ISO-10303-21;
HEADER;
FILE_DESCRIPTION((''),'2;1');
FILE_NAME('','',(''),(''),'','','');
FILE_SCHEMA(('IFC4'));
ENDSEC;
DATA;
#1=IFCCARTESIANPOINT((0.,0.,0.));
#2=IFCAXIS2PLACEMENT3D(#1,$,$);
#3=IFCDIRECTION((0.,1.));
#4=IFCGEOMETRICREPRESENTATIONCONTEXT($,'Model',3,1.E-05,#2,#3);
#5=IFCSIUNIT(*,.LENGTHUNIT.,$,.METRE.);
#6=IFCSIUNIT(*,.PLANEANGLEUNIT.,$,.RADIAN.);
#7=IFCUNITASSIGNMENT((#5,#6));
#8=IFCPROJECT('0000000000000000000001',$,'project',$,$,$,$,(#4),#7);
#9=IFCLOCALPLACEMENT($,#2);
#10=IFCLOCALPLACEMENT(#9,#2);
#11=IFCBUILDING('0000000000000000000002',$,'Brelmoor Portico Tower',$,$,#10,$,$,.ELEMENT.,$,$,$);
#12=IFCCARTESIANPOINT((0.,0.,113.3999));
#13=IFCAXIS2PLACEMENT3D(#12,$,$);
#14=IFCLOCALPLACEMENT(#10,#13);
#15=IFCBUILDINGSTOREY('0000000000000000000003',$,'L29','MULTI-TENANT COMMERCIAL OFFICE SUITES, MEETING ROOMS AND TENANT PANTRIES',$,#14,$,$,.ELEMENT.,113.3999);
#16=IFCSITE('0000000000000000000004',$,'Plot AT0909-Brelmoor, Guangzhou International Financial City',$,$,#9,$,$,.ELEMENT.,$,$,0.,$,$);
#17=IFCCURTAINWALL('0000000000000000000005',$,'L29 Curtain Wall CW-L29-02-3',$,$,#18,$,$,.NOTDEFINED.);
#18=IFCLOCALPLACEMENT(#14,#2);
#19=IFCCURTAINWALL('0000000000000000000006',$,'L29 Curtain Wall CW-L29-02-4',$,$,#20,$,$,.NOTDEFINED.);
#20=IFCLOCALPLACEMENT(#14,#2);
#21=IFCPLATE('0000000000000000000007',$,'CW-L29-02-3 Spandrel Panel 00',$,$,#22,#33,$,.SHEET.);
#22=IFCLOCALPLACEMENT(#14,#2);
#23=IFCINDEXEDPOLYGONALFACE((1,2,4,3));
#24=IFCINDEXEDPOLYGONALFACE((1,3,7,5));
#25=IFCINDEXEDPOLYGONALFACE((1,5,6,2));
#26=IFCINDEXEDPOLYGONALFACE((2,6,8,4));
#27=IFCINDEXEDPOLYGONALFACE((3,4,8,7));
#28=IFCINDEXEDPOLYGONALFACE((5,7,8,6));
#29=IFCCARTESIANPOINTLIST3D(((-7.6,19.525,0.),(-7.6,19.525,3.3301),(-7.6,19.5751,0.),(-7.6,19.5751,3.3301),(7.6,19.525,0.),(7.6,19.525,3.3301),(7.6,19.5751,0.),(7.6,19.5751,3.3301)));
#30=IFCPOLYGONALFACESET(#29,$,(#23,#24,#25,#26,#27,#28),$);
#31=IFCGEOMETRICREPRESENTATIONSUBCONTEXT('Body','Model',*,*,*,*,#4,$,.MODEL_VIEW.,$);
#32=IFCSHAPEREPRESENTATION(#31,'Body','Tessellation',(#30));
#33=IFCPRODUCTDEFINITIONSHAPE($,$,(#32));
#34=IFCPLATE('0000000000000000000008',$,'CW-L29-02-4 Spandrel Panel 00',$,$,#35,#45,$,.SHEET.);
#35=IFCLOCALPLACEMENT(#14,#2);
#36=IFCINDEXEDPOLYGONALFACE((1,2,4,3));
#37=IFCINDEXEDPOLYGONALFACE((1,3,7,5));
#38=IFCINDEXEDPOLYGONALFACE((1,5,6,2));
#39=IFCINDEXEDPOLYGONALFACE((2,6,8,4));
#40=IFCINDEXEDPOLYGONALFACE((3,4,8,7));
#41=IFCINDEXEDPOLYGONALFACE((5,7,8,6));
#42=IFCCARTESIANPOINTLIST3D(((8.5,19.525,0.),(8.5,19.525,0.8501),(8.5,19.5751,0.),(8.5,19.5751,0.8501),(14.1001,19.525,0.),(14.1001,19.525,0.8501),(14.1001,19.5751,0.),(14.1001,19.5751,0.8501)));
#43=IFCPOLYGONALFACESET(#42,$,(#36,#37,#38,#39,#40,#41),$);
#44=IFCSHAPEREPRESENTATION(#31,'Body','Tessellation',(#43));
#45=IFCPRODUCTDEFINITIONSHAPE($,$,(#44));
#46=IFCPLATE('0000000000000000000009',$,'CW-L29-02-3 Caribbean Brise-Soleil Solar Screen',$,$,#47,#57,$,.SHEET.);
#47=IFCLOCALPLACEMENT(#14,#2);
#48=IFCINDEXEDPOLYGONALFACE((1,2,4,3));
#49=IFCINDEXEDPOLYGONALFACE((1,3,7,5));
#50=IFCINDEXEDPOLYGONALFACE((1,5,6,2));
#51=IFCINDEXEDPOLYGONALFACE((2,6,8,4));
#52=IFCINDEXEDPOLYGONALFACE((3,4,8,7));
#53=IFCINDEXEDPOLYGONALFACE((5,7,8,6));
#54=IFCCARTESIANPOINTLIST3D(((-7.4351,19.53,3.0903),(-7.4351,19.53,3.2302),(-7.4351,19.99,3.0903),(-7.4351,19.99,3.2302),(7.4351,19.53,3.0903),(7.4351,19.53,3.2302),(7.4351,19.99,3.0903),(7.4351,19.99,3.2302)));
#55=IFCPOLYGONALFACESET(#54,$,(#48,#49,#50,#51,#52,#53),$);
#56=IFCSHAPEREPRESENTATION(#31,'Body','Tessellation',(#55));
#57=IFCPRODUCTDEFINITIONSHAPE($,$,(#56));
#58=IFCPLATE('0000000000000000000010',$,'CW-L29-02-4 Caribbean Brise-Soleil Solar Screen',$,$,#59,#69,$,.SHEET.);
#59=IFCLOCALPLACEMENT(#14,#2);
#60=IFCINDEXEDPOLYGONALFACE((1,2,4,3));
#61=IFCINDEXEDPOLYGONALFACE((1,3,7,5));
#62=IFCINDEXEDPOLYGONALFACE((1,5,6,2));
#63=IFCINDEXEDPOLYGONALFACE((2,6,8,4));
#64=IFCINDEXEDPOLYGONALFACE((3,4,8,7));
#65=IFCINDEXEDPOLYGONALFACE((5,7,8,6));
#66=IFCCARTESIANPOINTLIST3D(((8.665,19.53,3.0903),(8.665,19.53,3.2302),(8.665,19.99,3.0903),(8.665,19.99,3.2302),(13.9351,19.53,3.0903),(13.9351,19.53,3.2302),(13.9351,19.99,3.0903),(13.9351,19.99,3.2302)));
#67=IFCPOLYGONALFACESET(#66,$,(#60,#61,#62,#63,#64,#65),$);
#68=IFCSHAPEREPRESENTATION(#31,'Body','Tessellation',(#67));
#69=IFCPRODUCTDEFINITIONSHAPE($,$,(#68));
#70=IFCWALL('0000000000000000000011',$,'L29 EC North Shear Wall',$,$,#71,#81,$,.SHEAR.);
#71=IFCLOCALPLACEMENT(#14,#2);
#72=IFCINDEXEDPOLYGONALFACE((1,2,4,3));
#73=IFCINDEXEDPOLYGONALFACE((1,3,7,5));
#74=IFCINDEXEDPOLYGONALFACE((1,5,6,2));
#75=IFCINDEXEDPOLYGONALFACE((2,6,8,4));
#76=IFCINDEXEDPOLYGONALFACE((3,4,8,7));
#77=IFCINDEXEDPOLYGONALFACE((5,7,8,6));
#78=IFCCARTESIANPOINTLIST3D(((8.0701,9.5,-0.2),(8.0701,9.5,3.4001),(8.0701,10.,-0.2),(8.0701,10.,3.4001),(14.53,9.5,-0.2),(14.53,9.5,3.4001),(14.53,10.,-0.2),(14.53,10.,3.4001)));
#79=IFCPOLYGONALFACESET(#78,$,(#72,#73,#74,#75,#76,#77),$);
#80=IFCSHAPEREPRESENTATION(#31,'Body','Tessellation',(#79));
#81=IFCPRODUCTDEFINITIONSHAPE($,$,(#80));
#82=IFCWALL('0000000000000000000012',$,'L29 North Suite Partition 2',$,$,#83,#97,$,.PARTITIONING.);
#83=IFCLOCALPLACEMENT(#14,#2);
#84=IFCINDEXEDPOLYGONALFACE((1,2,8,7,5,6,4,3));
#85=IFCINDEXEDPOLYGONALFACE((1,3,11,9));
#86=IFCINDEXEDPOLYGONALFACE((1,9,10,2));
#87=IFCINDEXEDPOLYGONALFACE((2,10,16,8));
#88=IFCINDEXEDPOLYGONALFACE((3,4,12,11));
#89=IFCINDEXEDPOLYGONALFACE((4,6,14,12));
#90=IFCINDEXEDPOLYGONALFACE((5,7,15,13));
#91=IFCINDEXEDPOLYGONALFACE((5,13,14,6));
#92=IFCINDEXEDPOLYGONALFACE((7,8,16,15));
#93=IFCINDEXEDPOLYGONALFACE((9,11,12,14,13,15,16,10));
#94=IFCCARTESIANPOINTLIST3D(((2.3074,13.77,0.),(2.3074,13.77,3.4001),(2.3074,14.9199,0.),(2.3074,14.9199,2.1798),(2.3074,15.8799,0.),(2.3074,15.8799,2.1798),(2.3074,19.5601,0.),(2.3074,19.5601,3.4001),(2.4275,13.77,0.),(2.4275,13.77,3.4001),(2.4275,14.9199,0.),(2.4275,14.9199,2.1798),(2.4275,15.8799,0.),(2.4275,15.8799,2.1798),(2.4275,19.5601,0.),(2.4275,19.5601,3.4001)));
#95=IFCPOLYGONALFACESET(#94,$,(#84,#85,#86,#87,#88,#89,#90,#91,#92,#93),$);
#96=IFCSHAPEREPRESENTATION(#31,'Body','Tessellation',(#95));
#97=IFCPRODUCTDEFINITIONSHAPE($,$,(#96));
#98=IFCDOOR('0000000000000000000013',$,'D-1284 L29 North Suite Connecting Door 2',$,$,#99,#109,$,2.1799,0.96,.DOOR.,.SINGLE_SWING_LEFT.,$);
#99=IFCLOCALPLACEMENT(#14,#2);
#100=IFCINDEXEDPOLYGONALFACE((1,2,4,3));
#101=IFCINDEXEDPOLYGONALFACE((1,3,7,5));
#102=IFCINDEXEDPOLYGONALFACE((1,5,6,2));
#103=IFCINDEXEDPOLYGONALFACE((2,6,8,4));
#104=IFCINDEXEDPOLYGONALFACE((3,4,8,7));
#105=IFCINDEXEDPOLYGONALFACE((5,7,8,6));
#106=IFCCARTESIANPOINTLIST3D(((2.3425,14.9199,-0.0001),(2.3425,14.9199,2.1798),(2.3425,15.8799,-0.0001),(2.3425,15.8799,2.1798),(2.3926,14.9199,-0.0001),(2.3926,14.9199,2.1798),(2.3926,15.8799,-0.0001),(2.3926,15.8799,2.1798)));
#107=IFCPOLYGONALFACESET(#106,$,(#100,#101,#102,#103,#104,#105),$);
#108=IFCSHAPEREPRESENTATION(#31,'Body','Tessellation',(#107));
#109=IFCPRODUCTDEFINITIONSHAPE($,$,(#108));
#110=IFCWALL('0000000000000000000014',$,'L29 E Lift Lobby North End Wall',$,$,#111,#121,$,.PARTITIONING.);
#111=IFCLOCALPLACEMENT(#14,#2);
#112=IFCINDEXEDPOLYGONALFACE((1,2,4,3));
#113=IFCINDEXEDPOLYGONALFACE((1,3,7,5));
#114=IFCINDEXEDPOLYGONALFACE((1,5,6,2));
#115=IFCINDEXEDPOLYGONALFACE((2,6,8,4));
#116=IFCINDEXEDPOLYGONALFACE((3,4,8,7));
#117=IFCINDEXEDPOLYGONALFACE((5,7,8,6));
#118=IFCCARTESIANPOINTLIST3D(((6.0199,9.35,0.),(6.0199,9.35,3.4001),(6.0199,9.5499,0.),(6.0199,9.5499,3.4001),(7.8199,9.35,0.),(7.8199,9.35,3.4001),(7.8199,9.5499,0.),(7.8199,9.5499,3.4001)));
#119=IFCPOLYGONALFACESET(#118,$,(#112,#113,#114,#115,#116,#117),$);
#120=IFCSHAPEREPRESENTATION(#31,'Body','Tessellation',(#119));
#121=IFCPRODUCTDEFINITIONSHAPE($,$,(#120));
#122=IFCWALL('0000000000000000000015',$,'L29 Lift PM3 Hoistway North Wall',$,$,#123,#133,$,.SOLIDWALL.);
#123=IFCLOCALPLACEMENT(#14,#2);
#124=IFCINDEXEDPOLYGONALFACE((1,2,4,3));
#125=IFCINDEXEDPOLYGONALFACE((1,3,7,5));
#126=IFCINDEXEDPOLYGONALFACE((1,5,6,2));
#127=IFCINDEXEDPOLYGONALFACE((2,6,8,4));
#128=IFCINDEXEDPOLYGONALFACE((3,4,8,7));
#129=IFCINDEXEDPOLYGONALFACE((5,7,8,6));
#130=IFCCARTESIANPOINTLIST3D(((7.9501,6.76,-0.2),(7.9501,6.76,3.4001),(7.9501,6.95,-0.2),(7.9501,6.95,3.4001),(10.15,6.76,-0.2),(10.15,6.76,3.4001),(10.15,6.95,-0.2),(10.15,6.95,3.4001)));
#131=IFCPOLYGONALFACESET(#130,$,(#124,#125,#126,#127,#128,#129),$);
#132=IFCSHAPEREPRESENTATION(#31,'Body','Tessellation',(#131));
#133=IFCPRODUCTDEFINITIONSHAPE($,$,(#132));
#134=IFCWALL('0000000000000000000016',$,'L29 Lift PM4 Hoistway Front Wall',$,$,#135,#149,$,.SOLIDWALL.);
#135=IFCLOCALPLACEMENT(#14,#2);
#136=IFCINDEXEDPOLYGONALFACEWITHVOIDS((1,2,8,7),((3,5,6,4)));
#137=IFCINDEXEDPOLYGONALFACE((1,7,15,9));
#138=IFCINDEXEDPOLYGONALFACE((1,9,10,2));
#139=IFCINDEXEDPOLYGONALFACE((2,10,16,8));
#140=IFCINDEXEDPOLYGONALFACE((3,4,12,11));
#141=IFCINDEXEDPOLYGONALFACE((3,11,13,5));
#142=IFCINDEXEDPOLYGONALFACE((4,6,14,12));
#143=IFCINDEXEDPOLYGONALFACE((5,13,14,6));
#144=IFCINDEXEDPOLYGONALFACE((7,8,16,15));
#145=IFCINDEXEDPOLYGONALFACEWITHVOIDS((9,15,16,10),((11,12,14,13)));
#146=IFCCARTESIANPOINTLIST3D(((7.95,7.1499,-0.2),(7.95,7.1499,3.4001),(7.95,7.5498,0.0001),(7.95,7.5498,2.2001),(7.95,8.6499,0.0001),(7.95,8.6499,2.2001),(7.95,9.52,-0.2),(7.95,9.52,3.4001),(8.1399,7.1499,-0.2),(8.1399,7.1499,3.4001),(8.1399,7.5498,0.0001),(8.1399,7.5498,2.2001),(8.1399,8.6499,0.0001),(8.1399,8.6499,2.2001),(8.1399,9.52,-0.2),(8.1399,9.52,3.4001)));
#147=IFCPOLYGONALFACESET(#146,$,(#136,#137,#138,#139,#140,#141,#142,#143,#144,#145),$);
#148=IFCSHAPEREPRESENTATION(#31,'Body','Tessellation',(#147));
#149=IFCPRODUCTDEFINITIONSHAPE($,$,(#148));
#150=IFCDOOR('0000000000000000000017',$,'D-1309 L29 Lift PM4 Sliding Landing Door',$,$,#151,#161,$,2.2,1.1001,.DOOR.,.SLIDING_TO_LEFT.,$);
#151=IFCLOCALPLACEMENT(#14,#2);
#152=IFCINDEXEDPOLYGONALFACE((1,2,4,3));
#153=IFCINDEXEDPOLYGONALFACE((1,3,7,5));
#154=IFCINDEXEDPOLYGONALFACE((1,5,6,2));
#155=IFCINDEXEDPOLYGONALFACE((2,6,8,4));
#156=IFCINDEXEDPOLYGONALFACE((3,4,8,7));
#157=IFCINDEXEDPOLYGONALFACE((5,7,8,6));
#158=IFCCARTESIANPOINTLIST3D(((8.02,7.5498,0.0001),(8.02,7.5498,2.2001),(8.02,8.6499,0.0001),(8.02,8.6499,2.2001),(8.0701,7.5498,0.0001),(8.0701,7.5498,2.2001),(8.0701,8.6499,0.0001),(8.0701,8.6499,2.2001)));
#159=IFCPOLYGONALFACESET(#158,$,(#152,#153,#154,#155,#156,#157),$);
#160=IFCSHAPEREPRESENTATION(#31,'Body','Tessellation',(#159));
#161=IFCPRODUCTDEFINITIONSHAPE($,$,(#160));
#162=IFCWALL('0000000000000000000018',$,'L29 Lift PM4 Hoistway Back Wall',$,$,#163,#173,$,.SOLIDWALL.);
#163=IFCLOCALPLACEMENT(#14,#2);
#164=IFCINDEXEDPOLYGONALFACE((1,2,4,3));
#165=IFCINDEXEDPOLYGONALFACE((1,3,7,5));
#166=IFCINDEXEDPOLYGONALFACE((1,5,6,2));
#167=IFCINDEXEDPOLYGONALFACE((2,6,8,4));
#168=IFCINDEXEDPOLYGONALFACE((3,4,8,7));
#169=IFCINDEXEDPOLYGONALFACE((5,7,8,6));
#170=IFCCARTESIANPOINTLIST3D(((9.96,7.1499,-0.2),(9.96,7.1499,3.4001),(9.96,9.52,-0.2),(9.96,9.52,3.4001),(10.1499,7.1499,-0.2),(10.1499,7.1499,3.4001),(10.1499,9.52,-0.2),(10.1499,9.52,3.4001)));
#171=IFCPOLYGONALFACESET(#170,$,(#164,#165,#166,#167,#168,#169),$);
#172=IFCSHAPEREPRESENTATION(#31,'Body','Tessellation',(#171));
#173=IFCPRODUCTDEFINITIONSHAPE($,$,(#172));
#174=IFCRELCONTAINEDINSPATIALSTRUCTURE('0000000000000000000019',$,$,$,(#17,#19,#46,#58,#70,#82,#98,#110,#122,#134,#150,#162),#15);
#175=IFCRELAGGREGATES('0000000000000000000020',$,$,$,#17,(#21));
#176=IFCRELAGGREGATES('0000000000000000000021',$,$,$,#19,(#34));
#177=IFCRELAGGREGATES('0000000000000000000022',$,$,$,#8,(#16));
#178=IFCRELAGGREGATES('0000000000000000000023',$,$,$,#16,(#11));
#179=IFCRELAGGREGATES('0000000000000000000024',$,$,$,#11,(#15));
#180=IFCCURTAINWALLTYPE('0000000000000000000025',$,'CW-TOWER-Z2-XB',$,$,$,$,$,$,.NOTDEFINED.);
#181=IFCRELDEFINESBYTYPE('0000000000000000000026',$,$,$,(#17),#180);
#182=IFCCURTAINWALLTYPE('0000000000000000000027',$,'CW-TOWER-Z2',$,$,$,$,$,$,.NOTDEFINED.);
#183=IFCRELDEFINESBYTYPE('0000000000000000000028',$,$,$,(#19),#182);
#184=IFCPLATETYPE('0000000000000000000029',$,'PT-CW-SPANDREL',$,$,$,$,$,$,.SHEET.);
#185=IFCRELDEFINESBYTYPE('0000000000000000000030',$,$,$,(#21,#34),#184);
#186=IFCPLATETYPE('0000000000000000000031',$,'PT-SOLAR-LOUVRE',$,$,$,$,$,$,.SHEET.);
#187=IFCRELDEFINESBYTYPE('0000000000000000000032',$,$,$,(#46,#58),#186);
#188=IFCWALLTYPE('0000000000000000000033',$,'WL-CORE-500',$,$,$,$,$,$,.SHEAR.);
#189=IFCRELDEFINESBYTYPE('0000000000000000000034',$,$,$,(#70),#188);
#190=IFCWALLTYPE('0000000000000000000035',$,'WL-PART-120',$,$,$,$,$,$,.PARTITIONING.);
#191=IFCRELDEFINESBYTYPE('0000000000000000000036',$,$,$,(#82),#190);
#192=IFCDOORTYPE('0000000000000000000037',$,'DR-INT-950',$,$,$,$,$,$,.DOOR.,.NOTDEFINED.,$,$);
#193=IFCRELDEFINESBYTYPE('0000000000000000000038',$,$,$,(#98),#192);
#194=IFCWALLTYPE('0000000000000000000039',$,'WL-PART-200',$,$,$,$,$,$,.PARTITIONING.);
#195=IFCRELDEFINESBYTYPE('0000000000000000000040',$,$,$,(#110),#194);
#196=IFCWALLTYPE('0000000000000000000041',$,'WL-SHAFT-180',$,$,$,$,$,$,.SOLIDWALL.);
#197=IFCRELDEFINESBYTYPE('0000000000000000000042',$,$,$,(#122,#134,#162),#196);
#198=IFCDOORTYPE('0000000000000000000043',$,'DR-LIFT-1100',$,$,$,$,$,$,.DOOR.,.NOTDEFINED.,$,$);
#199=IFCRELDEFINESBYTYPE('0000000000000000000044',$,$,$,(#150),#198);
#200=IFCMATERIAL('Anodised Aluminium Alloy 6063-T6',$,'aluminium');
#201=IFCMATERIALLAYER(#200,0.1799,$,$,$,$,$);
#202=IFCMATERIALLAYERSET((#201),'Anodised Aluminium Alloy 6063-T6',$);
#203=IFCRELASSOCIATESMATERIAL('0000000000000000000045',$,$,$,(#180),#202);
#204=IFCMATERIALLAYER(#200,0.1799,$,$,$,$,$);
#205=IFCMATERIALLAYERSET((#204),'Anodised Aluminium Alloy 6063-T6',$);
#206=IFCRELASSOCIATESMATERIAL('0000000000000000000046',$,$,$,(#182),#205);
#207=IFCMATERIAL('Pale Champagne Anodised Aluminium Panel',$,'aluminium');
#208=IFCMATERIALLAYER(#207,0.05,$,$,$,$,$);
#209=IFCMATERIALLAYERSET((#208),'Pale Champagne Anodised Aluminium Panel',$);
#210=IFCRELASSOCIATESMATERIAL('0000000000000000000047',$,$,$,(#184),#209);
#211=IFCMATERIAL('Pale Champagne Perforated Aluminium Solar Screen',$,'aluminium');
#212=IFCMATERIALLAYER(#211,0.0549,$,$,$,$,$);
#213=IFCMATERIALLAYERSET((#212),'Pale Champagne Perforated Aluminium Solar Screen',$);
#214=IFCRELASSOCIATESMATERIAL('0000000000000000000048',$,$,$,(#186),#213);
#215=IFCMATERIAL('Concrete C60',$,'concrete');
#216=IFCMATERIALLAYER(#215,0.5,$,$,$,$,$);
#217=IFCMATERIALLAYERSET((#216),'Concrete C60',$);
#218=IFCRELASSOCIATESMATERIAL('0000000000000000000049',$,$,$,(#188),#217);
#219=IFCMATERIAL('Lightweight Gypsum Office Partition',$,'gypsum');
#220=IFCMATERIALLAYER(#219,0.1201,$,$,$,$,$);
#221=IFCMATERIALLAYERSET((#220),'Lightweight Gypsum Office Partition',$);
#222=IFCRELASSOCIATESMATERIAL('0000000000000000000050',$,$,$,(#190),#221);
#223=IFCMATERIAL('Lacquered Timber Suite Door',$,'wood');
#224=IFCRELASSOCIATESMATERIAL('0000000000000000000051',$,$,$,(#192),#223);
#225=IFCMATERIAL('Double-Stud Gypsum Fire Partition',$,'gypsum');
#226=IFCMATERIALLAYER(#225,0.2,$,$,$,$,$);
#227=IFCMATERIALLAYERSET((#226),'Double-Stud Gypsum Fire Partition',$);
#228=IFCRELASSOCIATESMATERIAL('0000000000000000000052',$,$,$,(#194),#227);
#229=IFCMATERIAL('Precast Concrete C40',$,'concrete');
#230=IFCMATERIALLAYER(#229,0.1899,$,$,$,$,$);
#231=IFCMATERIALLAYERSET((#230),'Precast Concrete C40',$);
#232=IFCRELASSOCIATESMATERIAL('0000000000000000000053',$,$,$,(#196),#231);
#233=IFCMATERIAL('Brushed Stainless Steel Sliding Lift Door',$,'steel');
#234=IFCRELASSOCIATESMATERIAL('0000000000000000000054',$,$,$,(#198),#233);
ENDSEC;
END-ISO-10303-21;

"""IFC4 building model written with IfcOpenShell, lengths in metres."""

from ifc_helpers import new_model, si_unit, direction, frame, frame_2d, origin, origin_2d, place, context, subcontext, project, spatial, rectangle, extrude, material, layer, layer_set, type_object, element, fill, aggregate, save


model = new_model("IFC4")

# Units and contexts
model_context = context("Model", 3, precision=1e-05, world=origin(), true_north=direction((0.0, 1.0)))
body_context = subcontext(model_context, "Body", "Model", "MODEL_VIEW")
ifc_project = project(units=[si_unit("LENGTHUNIT", "METRE"), si_unit("PLANEANGLEUNIT", "RADIAN")], contexts=[model_context])

# Site, building, storey
site_placement = place(None, origin())
site = spatial("IfcSite", under=ifc_project, at=site_placement, Name="Plot AT0909-Brelmoor, Guangzhou International Financial City", CompositionType="ELEMENT", RefElevation=0.0)
building_placement = place(site_placement, origin())
building = spatial("IfcBuilding", under=site, at=building_placement, Name="Brelmoor Portico Tower", CompositionType="ELEMENT")
storey_placement = place(building_placement, frame((0.0, 0.0, 113.3999)))
storey = spatial("IfcBuildingStorey", under=building, at=storey_placement, Name="L29", Description="MULTI-TENANT COMMERCIAL OFFICE SUITES, MEETING ROOMS AND TENANT PANTRIES", CompositionType="ELEMENT", Elevation=113.3999)

# Curtain wall
ifc_material_1 = material(Name="Anodised Aluminium Alloy 6063-T6", Category="aluminium")
ifc_layer_1 = layer(ifc_material_1, 0.1799)
ifc_layer_set_1 = layer_set([ifc_layer_1], Name="Anodised Aluminium Alloy 6063-T6")
curtain_wall_type_1 = type_object("IfcCurtainWallType", Name="CW-TOWER-Z2-XB", PredefinedType="NOTDEFINED", material=ifc_layer_set_1)
curtain_wall_1_placement = place(storey_placement, origin())
curtain_wall_1 = element("IfcCurtainWall", 1, at=curtain_wall_1_placement, inside=storey, type_object=curtain_wall_type_1, Name="L29 Curtain Wall CW-L29-02-3", PredefinedType="NOTDEFINED")

# Curtain wall
ifc_layer_2 = layer(ifc_material_1, 0.1799)
ifc_layer_set_2 = layer_set([ifc_layer_2], Name="Anodised Aluminium Alloy 6063-T6")
curtain_wall_type_2 = type_object("IfcCurtainWallType", Name="CW-TOWER-Z2", PredefinedType="NOTDEFINED", material=ifc_layer_set_2)
curtain_wall_2_placement = place(storey_placement, origin())
curtain_wall_2 = element("IfcCurtainWall", 2, at=curtain_wall_2_placement, inside=storey, type_object=curtain_wall_type_2, Name="L29 Curtain Wall CW-L29-02-4", PredefinedType="NOTDEFINED")

# Plates
ifc_material_2 = material(Name="Pale Champagne Anodised Aluminium Panel", Category="aluminium")
ifc_layer_3 = layer(ifc_material_2, 0.05)
ifc_layer_set_3 = layer_set([ifc_layer_3], Name="Pale Champagne Anodised Aluminium Panel")
plate_type_1 = type_object("IfcPlateType", Name="PT-CW-SPANDREL", PredefinedType="SHEET", material=ifc_layer_set_3)
plate_1_placement = place(storey_placement, frame((0.0, 19.55, 0.0), z_axis=(0.0, 0.0, 1.0), x_axis=(1.0, 0.0, 0.0)))
plate_1 = element("IfcPlate", 3, at=plate_1_placement, type_object=plate_type_1, Name="CW-L29-02-3 Spandrel Panel 00", PredefinedType="SHEET", context=body_context, shape_type="SweptSolid", body=[
    extrude(rectangle(XDim=15.2, YDim=0.05, at=origin_2d()), origin(), (0.0, 0.0, 1.0), 3.3301),
])
aggregate(curtain_wall_1, [plate_1])
plate_2_placement = place(storey_placement, frame((11.3, 19.55, 0.0), z_axis=(0.0, 0.0, 1.0), x_axis=(1.0, 0.0, 0.0)))
plate_2 = element("IfcPlate", 4, at=plate_2_placement, type_object=plate_type_1, Name="CW-L29-02-4 Spandrel Panel 00", PredefinedType="SHEET", context=body_context, shape_type="SweptSolid", body=[
    extrude(rectangle(XDim=5.6001, YDim=0.05, at=origin_2d()), origin(), (0.0, 0.0, 1.0), 0.8501),
])
aggregate(curtain_wall_2, [plate_2])

# Plates
ifc_material_3 = material(Name="Pale Champagne Perforated Aluminium Solar Screen", Category="aluminium")
ifc_layer_4 = layer(ifc_material_3, 0.0549)
ifc_layer_set_4 = layer_set([ifc_layer_4], Name="Pale Champagne Perforated Aluminium Solar Screen")
plate_type_2 = type_object("IfcPlateType", Name="PT-SOLAR-LOUVRE", PredefinedType="SHEET", material=ifc_layer_set_4)
plate_3_placement = place(storey_placement, frame((0.0, 19.76, 3.0903), z_axis=(0.0, 0.0, 1.0), x_axis=(1.0, 0.0, 0.0)))
element("IfcPlate", 5, at=plate_3_placement, inside=storey, type_object=plate_type_2, Name="CW-L29-02-3 Caribbean Brise-Soleil Solar Screen", PredefinedType="SHEET", context=body_context, shape_type="SweptSolid", body=[
    extrude(rectangle(XDim=14.8701, YDim=0.46, at=origin_2d()), origin(), (0.0, 0.0, 1.0), 0.1399),
])
plate_4_placement = place(storey_placement, frame((11.3, 19.76, 3.0903), z_axis=(0.0, 0.0, 1.0), x_axis=(1.0, 0.0, 0.0)))
element("IfcPlate", 6, at=plate_4_placement, inside=storey, type_object=plate_type_2, Name="CW-L29-02-4 Caribbean Brise-Soleil Solar Screen", PredefinedType="SHEET", context=body_context, shape_type="SweptSolid", body=[
    extrude(rectangle(XDim=5.27, YDim=0.46, at=origin_2d()), origin(), (0.0, 0.0, 1.0), 0.1399),
])

# Wall
ifc_material_4 = material(Name="Concrete C60", Category="concrete")
ifc_layer_5 = layer(ifc_material_4, 0.5)
ifc_layer_set_5 = layer_set([ifc_layer_5], Name="Concrete C60")
wall_type_1 = type_object("IfcWallType", Name="WL-CORE-500", PredefinedType="SHEAR", material=ifc_layer_set_5)
wall_1_placement = place(storey_placement, frame((8.0701, 9.75, -0.2), z_axis=(0.0, 0.0, 1.0), x_axis=(1.0, 0.0, 0.0)))
element("IfcWall", 7, at=wall_1_placement, inside=storey, type_object=wall_type_1, Name="L29 EC North Shear Wall", PredefinedType="SHEAR", context=body_context, shape_type="SweptSolid", body=[
    extrude(rectangle(XDim=6.46, YDim=0.5, at=frame_2d((3.23, 0.0))), origin(), (0.0, 0.0, 1.0), 3.6001),
])

# Wall, opening, door
ifc_material_5 = material(Name="Lightweight Gypsum Office Partition", Category="gypsum")
ifc_layer_6 = layer(ifc_material_5, 0.1201)
ifc_layer_set_6 = layer_set([ifc_layer_6], Name="Lightweight Gypsum Office Partition")
wall_type_2 = type_object("IfcWallType", Name="WL-PART-120", PredefinedType="PARTITIONING", material=ifc_layer_set_6)
wall_2_placement = place(storey_placement, frame((2.3674, 13.77, 0.0), z_axis=(0.0, 0.0, 1.0), x_axis=(0.0, 1.0, 0.0)))
wall_2 = element("IfcWall", 8, at=wall_2_placement, inside=storey, type_object=wall_type_2, Name="L29 North Suite Partition 2", PredefinedType="PARTITIONING", context=body_context, shape_type="SweptSolid", body=[
    extrude(rectangle(XDim=5.79, YDim=0.1201, at=frame_2d((2.895, 0.0))), origin(), (0.0, 0.0, 1.0), 3.4001),
])
opening_1_placement = place(wall_2_placement, frame((1.1499, 0.0, 0.0)))
opening_1 = element("IfcOpeningElement", 9, at=opening_1_placement, cuts=wall_2, PredefinedType="OPENING", context=body_context, shape_type="SweptSolid", body=[
    extrude(rectangle(XDim=0.96, YDim=2.1799, at=frame_2d((0.48, 1.0898))), frame((0.0, 0.0701, 0.0), z_axis=(0.0, -1.0, 0.0), x_axis=(1.0, 0.0, 0.0)), (0.0, 0.0, 1.0), 0.1401),
])
ifc_material_6 = material(Name="Lacquered Timber Suite Door", Category="wood")
door_type_1 = type_object("IfcDoorType", Name="DR-INT-950", OperationType="NOTDEFINED", PredefinedType="DOOR", material=ifc_material_6)
door_1_placement = place(opening_1_placement, origin())
door_1 = element("IfcDoor", 10, at=door_1_placement, inside=storey, type_object=door_type_1, Name="D-1284 L29 North Suite Connecting Door 2", OperationType="SINGLE_SWING_LEFT", OverallHeight=2.1799, OverallWidth=0.96, PredefinedType="DOOR", context=body_context, shape_type="SweptSolid", body=[
    extrude(rectangle(XDim=0.96, YDim=2.1799, at=frame_2d((0.48, 1.0898))), frame((0.0, 0.0249, 0.0), z_axis=(0.0, -1.0, 0.0), x_axis=(1.0, 0.0, 0.0)), (0.0, 0.0, 1.0), 0.05),
])
fill(opening_1, door_1)

# Walls
ifc_material_7 = material(Name="Double-Stud Gypsum Fire Partition", Category="gypsum")
ifc_layer_7 = layer(ifc_material_7, 0.2)
ifc_layer_set_7 = layer_set([ifc_layer_7], Name="Double-Stud Gypsum Fire Partition")
wall_type_3 = type_object("IfcWallType", Name="WL-PART-200", PredefinedType="PARTITIONING", material=ifc_layer_set_7)
wall_3_placement = place(storey_placement, frame((6.02, 9.45, 0.0), z_axis=(0.0, 0.0, 1.0), x_axis=(1.0, 0.0, 0.0)))
element("IfcWall", 11, at=wall_3_placement, inside=storey, type_object=wall_type_3, Name="L29 E Lift Lobby North End Wall", PredefinedType="PARTITIONING", context=body_context, shape_type="SweptSolid", body=[
    extrude(rectangle(XDim=1.8, YDim=0.2, at=frame_2d((0.8999, 0.0))), origin(), (0.0, 0.0, 1.0), 3.4001),
])
ifc_material_8 = material(Name="Precast Concrete C40", Category="concrete")
ifc_layer_8 = layer(ifc_material_8, 0.1899)
ifc_layer_set_8 = layer_set([ifc_layer_8], Name="Precast Concrete C40")
wall_type_4 = type_object("IfcWallType", Name="WL-SHAFT-180", PredefinedType="SOLIDWALL", material=ifc_layer_set_8)
wall_4_placement = place(storey_placement, frame((7.95, 6.855, -0.2), z_axis=(0.0, 0.0, 1.0), x_axis=(1.0, 0.0, 0.0)))
element("IfcWall", 12, at=wall_4_placement, inside=storey, type_object=wall_type_4, Name="L29 Lift PM3 Hoistway North Wall", PredefinedType="SOLIDWALL", context=body_context, shape_type="SweptSolid", body=[
    extrude(rectangle(XDim=2.2, YDim=0.1899, at=frame_2d((1.1001, 0.0))), origin(), (0.0, 0.0, 1.0), 3.6001),
])

# Wall, opening, door
wall_5_placement = place(storey_placement, frame((8.0449, 7.1499, -0.2), z_axis=(0.0, 0.0, 1.0), x_axis=(0.0, 1.0, 0.0)))
wall_5 = element("IfcWall", 13, at=wall_5_placement, inside=storey, type_object=wall_type_4, Name="L29 Lift PM4 Hoistway Front Wall", PredefinedType="SOLIDWALL", context=body_context, shape_type="SweptSolid", body=[
    extrude(rectangle(XDim=2.3701, YDim=0.1899, at=frame_2d((1.1851, 0.0))), origin(), (0.0, 0.0, 1.0), 3.6001),
])
opening_2_placement = place(wall_5_placement, frame((0.3999, 0.0, 0.2)))
opening_2 = element("IfcOpeningElement", 14, at=opening_2_placement, cuts=wall_5, PredefinedType="OPENING", context=body_context, shape_type="SweptSolid", body=[
    extrude(rectangle(XDim=1.1001, YDim=2.2, at=frame_2d((0.55, 1.1001))), frame((0.0, 0.105, 0.0), z_axis=(0.0, -1.0, 0.0), x_axis=(1.0, 0.0, 0.0)), (0.0, 0.0, 1.0), 0.21),
])
ifc_material_9 = material(Name="Brushed Stainless Steel Sliding Lift Door", Category="steel")
door_type_2 = type_object("IfcDoorType", Name="DR-LIFT-1100", OperationType="NOTDEFINED", PredefinedType="DOOR", material=ifc_material_9)
door_2_placement = place(opening_2_placement, origin())
door_2 = element("IfcDoor", 15, at=door_2_placement, inside=storey, type_object=door_type_2, Name="D-1309 L29 Lift PM4 Sliding Landing Door", OperationType="SLIDING_TO_LEFT", OverallHeight=2.2, OverallWidth=1.1001, PredefinedType="DOOR", context=body_context, shape_type="SweptSolid", body=[
    extrude(rectangle(XDim=1.1001, YDim=2.2, at=frame_2d((0.55, 1.1001))), frame((0.0, 0.0249, 0.0), z_axis=(0.0, -1.0, 0.0), x_axis=(1.0, 0.0, 0.0)), (0.0, 0.0, 1.0), 0.05),
])
fill(opening_2, door_2)

# Wall
wall_6_placement = place(storey_placement, frame((10.0549, 7.1499, -0.2), z_axis=(0.0, 0.0, 1.0), x_axis=(0.0, 1.0, 0.0)))
element("IfcWall", 16, at=wall_6_placement, inside=storey, type_object=wall_type_4, Name="L29 Lift PM4 Hoistway Back Wall", PredefinedType="SOLIDWALL", context=body_context, shape_type="SweptSolid", body=[
    extrude(rectangle(XDim=2.3701, YDim=0.1899, at=frame_2d((1.1851, 0.0))), origin(), (0.0, 0.0, 1.0), 3.6001),
])

save(model, "model.ifc")
